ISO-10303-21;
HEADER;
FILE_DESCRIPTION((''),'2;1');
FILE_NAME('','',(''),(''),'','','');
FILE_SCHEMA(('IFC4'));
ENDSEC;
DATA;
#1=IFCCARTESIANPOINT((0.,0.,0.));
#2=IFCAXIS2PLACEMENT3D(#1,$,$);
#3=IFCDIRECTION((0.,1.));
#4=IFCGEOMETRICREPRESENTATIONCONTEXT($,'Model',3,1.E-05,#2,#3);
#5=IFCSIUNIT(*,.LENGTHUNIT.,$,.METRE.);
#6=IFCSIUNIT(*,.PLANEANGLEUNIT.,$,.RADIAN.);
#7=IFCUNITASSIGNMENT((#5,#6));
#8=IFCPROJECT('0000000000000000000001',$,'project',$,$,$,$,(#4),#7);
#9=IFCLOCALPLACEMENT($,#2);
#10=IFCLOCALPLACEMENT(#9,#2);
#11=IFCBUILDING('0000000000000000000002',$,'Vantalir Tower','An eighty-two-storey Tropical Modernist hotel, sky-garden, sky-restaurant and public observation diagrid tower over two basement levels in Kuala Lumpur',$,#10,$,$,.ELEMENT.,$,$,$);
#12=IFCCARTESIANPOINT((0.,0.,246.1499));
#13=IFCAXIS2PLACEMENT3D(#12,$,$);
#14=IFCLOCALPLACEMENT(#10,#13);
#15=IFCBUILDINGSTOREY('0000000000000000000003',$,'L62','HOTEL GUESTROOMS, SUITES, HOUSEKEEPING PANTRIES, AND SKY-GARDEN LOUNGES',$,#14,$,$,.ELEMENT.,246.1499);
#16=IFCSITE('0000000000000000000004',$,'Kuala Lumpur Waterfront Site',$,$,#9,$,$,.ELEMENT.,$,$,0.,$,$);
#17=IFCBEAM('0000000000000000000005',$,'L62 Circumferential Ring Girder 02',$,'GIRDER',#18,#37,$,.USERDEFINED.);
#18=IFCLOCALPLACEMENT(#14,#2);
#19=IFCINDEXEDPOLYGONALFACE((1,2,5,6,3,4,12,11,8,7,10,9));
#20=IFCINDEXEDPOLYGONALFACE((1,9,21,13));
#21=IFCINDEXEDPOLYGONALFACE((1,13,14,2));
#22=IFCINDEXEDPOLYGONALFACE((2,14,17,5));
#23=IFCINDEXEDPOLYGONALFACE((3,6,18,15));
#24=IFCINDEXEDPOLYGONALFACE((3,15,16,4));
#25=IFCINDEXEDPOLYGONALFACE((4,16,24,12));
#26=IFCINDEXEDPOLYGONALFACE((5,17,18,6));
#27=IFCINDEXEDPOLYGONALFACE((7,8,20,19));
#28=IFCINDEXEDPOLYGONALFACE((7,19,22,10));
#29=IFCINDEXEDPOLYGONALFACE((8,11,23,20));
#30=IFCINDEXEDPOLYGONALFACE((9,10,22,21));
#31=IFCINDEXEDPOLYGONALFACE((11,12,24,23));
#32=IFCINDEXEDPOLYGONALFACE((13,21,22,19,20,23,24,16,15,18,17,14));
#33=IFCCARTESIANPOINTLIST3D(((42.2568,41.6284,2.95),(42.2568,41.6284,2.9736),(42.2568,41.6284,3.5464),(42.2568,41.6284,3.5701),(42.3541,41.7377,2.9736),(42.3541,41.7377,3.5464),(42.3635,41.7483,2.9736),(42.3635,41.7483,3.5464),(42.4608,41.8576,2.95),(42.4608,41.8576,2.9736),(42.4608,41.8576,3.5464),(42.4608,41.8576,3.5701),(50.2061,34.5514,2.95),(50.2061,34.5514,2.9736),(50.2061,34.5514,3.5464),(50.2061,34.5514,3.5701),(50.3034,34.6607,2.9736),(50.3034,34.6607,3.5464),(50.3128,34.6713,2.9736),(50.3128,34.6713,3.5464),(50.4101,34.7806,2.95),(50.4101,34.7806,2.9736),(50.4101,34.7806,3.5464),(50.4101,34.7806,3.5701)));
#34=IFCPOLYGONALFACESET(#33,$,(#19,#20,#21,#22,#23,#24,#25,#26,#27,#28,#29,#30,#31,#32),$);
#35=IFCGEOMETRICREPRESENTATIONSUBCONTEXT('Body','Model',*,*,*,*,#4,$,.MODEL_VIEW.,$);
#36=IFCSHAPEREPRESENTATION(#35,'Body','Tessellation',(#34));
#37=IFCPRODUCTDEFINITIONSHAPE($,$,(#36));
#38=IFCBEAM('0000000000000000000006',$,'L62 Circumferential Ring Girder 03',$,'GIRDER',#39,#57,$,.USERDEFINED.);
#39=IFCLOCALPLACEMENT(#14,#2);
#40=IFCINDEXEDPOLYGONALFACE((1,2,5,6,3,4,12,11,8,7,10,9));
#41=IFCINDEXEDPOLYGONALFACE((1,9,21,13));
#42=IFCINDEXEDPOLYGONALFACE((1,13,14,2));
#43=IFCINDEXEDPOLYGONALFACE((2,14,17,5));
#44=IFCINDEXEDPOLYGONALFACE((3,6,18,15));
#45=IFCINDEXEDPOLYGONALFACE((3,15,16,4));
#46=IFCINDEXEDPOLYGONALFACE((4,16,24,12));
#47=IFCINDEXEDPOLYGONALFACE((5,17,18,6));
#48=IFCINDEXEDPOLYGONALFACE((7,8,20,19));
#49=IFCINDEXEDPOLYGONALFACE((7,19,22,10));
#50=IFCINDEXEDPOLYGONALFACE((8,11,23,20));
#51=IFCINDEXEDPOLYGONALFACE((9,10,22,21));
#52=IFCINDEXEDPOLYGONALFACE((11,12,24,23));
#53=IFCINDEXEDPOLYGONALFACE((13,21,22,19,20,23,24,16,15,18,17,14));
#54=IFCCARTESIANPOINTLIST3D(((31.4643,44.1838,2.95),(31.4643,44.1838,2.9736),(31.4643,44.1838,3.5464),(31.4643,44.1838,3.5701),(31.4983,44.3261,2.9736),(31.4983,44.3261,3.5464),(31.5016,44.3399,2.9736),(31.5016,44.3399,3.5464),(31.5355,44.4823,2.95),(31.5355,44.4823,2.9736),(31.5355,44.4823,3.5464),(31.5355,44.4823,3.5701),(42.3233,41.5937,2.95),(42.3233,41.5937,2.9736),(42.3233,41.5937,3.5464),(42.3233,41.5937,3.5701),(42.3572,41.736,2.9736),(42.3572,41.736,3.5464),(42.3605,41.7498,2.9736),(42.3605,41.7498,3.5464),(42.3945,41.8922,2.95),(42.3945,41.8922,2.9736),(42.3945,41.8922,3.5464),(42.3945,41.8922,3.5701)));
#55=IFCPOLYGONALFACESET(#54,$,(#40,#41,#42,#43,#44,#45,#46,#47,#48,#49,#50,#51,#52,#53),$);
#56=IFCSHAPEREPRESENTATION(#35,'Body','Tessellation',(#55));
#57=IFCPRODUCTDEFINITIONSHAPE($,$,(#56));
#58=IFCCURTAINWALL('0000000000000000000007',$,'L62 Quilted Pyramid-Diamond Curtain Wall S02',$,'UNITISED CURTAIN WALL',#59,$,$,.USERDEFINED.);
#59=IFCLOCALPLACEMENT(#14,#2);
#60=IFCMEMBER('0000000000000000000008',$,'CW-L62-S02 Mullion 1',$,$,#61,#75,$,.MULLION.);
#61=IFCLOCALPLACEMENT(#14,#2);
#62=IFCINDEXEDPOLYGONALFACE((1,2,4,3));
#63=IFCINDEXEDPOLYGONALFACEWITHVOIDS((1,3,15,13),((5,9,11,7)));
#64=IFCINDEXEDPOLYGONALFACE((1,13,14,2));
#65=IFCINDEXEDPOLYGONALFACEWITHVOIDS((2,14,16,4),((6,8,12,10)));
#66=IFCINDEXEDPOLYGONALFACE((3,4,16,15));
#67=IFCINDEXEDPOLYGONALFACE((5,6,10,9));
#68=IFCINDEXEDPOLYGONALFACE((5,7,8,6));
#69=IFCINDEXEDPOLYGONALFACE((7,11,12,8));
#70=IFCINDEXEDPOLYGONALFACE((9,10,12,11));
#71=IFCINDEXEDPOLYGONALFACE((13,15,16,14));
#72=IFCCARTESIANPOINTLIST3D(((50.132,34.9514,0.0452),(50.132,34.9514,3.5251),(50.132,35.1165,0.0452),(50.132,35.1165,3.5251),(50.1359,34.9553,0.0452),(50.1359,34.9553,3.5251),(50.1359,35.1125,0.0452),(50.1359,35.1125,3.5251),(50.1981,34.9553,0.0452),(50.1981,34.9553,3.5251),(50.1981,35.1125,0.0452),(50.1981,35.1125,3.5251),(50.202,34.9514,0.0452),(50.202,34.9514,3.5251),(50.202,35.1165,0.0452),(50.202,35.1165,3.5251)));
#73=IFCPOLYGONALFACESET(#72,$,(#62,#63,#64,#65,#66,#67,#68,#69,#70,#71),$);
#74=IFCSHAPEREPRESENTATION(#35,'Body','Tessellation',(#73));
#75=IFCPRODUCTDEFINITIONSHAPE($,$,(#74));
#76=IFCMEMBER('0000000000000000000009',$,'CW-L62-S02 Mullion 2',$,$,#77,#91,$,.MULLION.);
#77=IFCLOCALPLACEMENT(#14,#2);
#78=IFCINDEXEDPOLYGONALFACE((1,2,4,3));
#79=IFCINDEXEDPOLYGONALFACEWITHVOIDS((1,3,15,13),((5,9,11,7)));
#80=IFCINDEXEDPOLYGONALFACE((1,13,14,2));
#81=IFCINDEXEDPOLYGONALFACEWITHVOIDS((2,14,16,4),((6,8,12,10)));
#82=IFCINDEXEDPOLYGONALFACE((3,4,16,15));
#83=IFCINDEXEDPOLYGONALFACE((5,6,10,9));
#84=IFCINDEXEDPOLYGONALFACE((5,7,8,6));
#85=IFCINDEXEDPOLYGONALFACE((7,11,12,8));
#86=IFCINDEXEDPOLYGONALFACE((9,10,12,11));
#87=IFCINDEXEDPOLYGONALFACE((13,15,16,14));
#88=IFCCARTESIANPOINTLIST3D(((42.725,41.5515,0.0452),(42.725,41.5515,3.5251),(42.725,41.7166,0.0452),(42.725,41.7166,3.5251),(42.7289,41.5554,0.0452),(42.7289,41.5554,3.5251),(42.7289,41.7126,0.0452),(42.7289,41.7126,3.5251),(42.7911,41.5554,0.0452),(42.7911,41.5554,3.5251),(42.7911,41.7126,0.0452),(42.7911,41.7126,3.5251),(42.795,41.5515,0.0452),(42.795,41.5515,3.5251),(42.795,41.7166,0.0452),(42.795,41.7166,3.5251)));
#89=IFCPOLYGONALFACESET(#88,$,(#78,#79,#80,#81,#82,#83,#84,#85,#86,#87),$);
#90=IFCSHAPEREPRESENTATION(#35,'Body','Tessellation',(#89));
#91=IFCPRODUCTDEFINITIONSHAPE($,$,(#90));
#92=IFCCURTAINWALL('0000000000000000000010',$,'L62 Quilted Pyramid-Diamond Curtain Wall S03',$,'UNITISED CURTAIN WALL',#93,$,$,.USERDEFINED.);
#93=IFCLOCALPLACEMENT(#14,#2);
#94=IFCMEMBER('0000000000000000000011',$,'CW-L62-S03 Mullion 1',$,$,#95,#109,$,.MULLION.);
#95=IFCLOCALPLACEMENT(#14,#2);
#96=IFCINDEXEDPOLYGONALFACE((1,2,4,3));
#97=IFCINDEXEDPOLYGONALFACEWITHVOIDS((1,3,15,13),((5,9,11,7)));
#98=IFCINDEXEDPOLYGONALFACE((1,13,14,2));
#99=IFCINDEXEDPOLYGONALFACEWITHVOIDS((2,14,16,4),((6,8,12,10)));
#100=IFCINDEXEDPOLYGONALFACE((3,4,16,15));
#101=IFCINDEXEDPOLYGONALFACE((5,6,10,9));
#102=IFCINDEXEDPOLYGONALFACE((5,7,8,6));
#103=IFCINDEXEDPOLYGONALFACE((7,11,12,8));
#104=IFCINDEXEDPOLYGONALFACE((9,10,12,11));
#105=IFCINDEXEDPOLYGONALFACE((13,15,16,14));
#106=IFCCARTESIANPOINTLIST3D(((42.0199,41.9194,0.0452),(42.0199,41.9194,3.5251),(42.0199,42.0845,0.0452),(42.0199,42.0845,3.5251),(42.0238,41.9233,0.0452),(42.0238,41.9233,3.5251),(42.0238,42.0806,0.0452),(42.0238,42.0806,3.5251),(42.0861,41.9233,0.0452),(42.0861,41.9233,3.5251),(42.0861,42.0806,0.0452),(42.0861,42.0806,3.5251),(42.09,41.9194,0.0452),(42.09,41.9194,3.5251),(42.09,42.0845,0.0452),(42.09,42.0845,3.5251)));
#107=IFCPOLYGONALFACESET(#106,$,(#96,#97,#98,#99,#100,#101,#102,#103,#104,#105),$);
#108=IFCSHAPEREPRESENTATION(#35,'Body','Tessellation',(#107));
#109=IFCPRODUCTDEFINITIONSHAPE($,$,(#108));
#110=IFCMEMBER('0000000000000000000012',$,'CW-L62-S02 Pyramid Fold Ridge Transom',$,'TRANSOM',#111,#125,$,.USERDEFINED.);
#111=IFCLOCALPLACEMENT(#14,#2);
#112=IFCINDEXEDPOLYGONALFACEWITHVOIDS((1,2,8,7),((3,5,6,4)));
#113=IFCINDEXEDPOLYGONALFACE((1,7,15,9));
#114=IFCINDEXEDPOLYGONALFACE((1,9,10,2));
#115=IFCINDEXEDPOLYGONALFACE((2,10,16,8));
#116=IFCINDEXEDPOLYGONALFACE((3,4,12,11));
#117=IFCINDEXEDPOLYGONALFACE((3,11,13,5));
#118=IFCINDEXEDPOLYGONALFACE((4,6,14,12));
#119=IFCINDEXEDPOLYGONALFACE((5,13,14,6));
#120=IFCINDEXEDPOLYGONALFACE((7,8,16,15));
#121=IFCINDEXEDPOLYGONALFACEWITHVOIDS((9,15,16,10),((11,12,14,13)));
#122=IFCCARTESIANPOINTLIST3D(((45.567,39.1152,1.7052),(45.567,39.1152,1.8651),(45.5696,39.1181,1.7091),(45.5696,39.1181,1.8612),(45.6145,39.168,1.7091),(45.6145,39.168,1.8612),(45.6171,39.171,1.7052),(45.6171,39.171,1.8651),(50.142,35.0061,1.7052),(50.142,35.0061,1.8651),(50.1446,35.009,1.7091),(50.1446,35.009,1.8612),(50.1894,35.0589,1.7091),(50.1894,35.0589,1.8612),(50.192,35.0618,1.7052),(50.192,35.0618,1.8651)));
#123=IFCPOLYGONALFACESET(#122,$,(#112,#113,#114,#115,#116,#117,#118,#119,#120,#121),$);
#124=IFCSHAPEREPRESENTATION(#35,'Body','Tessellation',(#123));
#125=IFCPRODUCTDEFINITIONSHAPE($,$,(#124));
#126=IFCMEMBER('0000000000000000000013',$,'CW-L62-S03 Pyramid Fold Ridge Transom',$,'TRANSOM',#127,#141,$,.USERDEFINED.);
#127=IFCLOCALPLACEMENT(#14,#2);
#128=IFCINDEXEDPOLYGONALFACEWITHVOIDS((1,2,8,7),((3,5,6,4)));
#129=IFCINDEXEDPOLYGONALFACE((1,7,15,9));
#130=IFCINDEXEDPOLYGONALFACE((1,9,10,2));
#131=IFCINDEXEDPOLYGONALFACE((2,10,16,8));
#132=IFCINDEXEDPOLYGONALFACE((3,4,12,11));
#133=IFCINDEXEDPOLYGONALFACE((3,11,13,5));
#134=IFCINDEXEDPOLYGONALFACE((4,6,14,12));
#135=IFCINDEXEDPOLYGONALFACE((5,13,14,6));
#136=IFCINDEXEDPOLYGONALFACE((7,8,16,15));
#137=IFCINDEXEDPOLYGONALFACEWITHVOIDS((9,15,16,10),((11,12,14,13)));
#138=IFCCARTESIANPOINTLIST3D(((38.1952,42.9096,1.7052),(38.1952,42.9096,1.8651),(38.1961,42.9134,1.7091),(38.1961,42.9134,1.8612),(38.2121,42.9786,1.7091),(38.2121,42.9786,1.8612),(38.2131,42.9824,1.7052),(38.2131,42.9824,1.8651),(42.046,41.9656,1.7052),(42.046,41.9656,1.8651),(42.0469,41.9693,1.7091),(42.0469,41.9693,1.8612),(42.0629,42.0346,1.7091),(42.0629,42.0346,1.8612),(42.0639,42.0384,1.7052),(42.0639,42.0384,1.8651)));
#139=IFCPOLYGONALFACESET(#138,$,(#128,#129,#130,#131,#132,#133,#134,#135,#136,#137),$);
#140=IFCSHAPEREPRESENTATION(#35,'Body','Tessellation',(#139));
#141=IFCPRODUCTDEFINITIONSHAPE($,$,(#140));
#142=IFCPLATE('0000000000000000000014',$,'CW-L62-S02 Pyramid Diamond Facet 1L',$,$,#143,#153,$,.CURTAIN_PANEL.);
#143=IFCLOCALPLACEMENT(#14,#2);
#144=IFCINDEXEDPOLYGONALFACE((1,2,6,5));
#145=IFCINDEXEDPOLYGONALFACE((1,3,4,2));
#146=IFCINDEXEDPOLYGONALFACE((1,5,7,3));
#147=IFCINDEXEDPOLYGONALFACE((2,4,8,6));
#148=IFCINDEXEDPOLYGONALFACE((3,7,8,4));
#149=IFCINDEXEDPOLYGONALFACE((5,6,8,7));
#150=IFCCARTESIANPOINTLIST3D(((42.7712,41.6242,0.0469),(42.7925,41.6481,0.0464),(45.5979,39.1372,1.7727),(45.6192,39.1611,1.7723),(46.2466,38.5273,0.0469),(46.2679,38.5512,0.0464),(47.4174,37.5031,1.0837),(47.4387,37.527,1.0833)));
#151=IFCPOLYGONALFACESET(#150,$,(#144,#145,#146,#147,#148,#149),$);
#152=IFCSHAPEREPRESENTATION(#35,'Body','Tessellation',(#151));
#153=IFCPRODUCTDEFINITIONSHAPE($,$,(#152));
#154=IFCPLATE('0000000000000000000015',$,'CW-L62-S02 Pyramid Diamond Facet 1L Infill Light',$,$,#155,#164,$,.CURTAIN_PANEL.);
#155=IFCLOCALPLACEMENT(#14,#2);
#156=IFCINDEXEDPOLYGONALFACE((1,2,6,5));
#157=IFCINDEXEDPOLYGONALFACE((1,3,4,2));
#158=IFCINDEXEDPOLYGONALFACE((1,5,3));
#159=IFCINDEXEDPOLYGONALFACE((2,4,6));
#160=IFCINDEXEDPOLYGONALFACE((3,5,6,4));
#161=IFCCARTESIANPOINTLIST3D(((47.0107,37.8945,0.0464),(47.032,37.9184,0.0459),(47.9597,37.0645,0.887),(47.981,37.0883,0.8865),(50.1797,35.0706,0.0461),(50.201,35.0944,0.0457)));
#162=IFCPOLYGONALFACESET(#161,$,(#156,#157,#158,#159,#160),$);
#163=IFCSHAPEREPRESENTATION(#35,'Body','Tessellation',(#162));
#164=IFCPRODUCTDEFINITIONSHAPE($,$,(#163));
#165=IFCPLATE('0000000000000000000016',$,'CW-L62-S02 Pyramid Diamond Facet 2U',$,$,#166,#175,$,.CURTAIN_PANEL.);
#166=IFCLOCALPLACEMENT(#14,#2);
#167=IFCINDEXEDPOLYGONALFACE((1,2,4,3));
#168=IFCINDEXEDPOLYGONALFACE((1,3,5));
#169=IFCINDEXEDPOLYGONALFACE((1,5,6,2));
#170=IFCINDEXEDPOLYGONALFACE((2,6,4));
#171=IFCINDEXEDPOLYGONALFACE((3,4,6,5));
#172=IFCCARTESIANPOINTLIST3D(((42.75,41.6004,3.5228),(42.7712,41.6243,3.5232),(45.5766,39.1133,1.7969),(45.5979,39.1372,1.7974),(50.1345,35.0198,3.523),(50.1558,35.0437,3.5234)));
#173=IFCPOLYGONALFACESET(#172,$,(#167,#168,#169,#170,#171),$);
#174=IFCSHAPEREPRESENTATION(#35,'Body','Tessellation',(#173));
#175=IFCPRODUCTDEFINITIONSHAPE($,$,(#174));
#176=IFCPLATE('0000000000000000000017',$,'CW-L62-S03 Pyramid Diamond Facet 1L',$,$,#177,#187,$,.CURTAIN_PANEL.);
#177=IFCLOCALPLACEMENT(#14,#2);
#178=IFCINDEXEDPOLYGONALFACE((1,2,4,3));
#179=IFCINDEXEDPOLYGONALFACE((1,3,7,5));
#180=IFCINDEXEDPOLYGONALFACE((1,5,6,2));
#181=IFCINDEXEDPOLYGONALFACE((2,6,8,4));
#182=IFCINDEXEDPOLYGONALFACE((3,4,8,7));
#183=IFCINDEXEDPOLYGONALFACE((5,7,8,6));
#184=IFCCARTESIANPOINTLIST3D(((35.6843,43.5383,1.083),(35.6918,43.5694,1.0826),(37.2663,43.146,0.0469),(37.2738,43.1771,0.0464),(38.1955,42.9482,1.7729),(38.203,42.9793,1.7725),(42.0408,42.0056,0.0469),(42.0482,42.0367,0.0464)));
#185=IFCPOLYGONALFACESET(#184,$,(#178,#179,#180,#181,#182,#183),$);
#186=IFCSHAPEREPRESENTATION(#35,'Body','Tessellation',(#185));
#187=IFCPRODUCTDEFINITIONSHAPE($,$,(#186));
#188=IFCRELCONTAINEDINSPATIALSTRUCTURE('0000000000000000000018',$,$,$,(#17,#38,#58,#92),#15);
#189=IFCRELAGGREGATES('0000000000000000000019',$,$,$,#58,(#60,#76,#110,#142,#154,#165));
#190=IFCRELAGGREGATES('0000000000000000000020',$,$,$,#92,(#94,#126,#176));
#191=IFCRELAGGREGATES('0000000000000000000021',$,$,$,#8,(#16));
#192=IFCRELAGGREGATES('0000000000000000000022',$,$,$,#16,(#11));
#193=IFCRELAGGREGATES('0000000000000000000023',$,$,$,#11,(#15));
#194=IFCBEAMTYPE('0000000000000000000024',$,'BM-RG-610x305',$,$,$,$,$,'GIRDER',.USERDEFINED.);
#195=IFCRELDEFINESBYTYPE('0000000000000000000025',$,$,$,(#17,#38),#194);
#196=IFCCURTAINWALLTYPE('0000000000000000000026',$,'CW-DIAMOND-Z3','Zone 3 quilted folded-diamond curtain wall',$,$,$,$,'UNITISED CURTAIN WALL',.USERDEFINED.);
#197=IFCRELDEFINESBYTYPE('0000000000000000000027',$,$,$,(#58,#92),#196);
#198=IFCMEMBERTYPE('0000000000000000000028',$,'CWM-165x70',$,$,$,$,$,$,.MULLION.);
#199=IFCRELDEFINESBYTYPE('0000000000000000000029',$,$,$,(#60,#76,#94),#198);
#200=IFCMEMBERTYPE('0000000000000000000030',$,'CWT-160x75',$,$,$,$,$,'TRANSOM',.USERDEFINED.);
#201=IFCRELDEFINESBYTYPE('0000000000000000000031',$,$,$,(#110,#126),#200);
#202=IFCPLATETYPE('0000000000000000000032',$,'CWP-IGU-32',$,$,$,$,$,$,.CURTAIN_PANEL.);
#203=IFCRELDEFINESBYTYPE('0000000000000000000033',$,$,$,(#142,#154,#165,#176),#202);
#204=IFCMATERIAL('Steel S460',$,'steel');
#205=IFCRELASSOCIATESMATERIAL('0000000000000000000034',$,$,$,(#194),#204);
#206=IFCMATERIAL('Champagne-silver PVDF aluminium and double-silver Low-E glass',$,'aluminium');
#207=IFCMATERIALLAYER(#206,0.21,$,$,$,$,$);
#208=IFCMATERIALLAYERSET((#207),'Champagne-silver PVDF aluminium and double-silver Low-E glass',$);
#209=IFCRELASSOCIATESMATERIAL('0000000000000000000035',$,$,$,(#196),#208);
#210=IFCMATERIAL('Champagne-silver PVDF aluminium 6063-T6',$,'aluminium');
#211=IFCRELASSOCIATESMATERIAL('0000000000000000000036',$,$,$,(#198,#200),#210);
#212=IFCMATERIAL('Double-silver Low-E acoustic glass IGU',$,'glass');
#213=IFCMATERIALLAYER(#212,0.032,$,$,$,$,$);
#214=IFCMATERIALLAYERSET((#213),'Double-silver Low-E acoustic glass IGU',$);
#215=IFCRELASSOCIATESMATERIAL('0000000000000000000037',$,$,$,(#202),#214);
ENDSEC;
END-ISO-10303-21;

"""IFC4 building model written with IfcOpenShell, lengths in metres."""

from ifc_helpers import new_model, si_unit, direction, frame, origin, origin_2d, place, context, subcontext, project, spatial, polyline, hollow_rectangle, i_section, outline, extrude, material, layer, layer_set, material_profile, profile_set, type_object, element, aggregate, save


model = new_model("IFC4")

# Units and contexts
model_context = context("Model", 3, precision=1e-05, world=origin(), true_north=direction((0.0, 1.0)))
body_context = subcontext(model_context, "Body", "Model", "MODEL_VIEW")
ifc_project = project(units=[si_unit("LENGTHUNIT", "METRE"), si_unit("PLANEANGLEUNIT", "RADIAN")], contexts=[model_context])

# Site, building, storey
site_placement = place(None, origin())
site = spatial("IfcSite", under=ifc_project, at=site_placement, Name="Kuala Lumpur Waterfront Site", CompositionType="ELEMENT", RefElevation=0.0)
building_placement = place(site_placement, origin())
building = spatial("IfcBuilding", under=site, at=building_placement, Name="Vantalir Tower", Description="An eighty-two-storey Tropical Modernist hotel, sky-garden, sky-restaurant and public observation diagrid tower over two basement levels in Kuala Lumpur", CompositionType="ELEMENT")
storey_placement = place(building_placement, frame((0.0, 0.0, 246.1499)))
storey = spatial("IfcBuildingStorey", under=building, at=storey_placement, Name="L62", Description="HOTEL GUESTROOMS, SUITES, HOUSEKEEPING PANTRIES, AND SKY-GARDEN LOUNGES", CompositionType="ELEMENT", Elevation=246.1499)

# Shared definitions
ifc_material_1 = material(Name="Steel S460", Category="steel")

# Beams
ifc_material_profile_1 = material_profile(ifc_material_1, i_section(OverallWidth=0.3069, OverallDepth=0.6201, WebThickness=0.0142, FlangeThickness=0.0237, at=origin_2d()), Name="Steel S460")
ifc_profile_set_1 = profile_set([ifc_material_profile_1], Name="Steel S460")
beam_type_1 = type_object("IfcBeamType", Name="BM-RG-610x305", ElementType="GIRDER", PredefinedType="USERDEFINED", material=ifc_profile_set_1)
beam_1_placement = place(storey_placement, frame((50.3081, 34.666, 3.26), z_axis=(-0.746899, 0.664937, 0.0), x_axis=(-0.664937, -0.746899, 0.0)))
element("IfcBeam", 1, at=beam_1_placement, inside=storey, type_object=beam_type_1, Name="L62 Circumferential Ring Girder 02", ObjectType="GIRDER", PredefinedType="USERDEFINED", context=body_context, shape_type="SweptSolid", body=[
    extrude(i_section(OverallWidth=0.3069, OverallDepth=0.6201, WebThickness=0.0142, FlangeThickness=0.0237, at=origin_2d()), origin(), (0.0, 0.0, 1.0), 10.6431),
])
beam_2_placement = place(storey_placement, frame((42.3589, 41.7429, 3.26), z_axis=(-0.972713, 0.232014, 0.0), x_axis=(-0.232014, -0.972713, 0.0)))
element("IfcBeam", 2, at=beam_2_placement, inside=storey, type_object=beam_type_1, Name="L62 Circumferential Ring Girder 03", ObjectType="GIRDER", PredefinedType="USERDEFINED", context=body_context, shape_type="SweptSolid", body=[
    extrude(i_section(OverallWidth=0.3069, OverallDepth=0.6201, WebThickness=0.0142, FlangeThickness=0.0237, at=origin_2d()), origin(), (0.0, 0.0, 1.0), 11.1636),
])

# Curtain wall, members
ifc_material_2 = material(Name="Champagne-silver PVDF aluminium and double-silver Low-E glass", Category="aluminium")
ifc_layer_1 = layer(ifc_material_2, 0.21)
ifc_layer_set_1 = layer_set([ifc_layer_1], Name="Champagne-silver PVDF aluminium and double-silver Low-E glass")
curtain_wall_type = type_object("IfcCurtainWallType", Name="CW-DIAMOND-Z3", Description="Zone 3 quilted folded-diamond curtain wall", ElementType="UNITISED CURTAIN WALL", PredefinedType="USERDEFINED", material=ifc_layer_set_1)
curtain_wall_1_placement = place(storey_placement, origin())
curtain_wall_1 = element("IfcCurtainWall", 3, at=curtain_wall_1_placement, inside=storey, type_object=curtain_wall_type, Name="L62 Quilted Pyramid-Diamond Curtain Wall S02", ObjectType="UNITISED CURTAIN WALL", PredefinedType="USERDEFINED")
ifc_material_3 = material(Name="Champagne-silver PVDF aluminium 6063-T6", Category="aluminium")
ifc_material_profile_2 = material_profile(ifc_material_3, hollow_rectangle(XDim=0.0701, YDim=0.165, WallThickness=0.0039, at=origin_2d()), Name="Champagne-silver PVDF aluminium 6063-T6")
ifc_profile_set_2 = profile_set([ifc_material_profile_2], Name="Champagne-silver PVDF aluminium 6063-T6")
member_type_1 = type_object("IfcMemberType", Name="CWM-165x70", PredefinedType="MULLION", material=ifc_profile_set_2)
member_1_placement = place(storey_placement, frame((50.167, 35.0339, 0.0452), z_axis=(0.0, 0.0, 1.0), x_axis=(1.0, 0.0, 0.0)))
member_1 = element("IfcMember", 4, at=member_1_placement, type_object=member_type_1, Name="CW-L62-S02 Mullion 1", PredefinedType="MULLION", context=body_context, shape_type="SweptSolid", body=[
    extrude(hollow_rectangle(XDim=0.0701, YDim=0.165, WallThickness=0.0039, at=origin_2d()), origin(), (0.0, 0.0, 1.0), 3.48),
])
member_2_placement = place(storey_placement, frame((42.76, 41.634, 0.0452), z_axis=(0.0, 0.0, 1.0), x_axis=(1.0, 0.0, 0.0)))
member_2 = element("IfcMember", 5, at=member_2_placement, type_object=member_type_1, Name="CW-L62-S02 Mullion 2", PredefinedType="MULLION", context=body_context, shape_type="SweptSolid", body=[
    extrude(hollow_rectangle(XDim=0.0701, YDim=0.165, WallThickness=0.0039, at=origin_2d()), origin(), (0.0, 0.0, 1.0), 3.48),
])

# Curtain wall, member
curtain_wall_2_placement = place(storey_placement, origin())
curtain_wall_2 = element("IfcCurtainWall", 6, at=curtain_wall_2_placement, inside=storey, type_object=curtain_wall_type, Name="L62 Quilted Pyramid-Diamond Curtain Wall S03", ObjectType="UNITISED CURTAIN WALL", PredefinedType="USERDEFINED")
member_3_placement = place(storey_placement, frame((42.0549, 42.002, 0.0452), z_axis=(0.0, 0.0, 1.0), x_axis=(1.0, 0.0, 0.0)))
member_3 = element("IfcMember", 7, at=member_3_placement, type_object=member_type_1, Name="CW-L62-S03 Mullion 1", PredefinedType="MULLION", context=body_context, shape_type="SweptSolid", body=[
    extrude(hollow_rectangle(XDim=0.0701, YDim=0.165, WallThickness=0.0039, at=origin_2d()), origin(), (0.0, 0.0, 1.0), 3.48),
])

# Members
ifc_material_profile_3 = material_profile(ifc_material_3, hollow_rectangle(XDim=0.075, YDim=0.1599, WallThickness=0.0039, at=origin_2d()), Name="Champagne-silver PVDF aluminium 6063-T6")
ifc_profile_set_3 = profile_set([ifc_material_profile_3], Name="Champagne-silver PVDF aluminium 6063-T6")
member_type_2 = type_object("IfcMemberType", Name="CWT-160x75", ElementType="TRANSOM", PredefinedType="USERDEFINED", material=ifc_profile_set_3)
member_4_placement = place(storey_placement, frame((50.167, 35.0339, 1.7852), z_axis=(-0.743967, 0.668216, 0.0), x_axis=(-0.668216, -0.743967, 0.0)))
member_4 = element("IfcMember", 8, at=member_4_placement, type_object=member_type_2, Name="CW-L62-S02 Pyramid Fold Ridge Transom", ObjectType="TRANSOM", PredefinedType="USERDEFINED", context=body_context, shape_type="SweptSolid", body=[
    extrude(hollow_rectangle(XDim=0.075, YDim=0.1599, WallThickness=0.0039, at=origin_2d()), origin(), (0.0, 0.0, 1.0), 6.1494),
])
member_5_placement = place(storey_placement, frame((42.0549, 42.002, 1.7852), z_axis=(-0.971237, 0.238114, 0.0), x_axis=(-0.238114, -0.971237, 0.0)))
member_5 = element("IfcMember", 9, at=member_5_placement, type_object=member_type_2, Name="CW-L62-S03 Pyramid Fold Ridge Transom", ObjectType="TRANSOM", PredefinedType="USERDEFINED", context=body_context, shape_type="SweptSolid", body=[
    extrude(hollow_rectangle(XDim=0.075, YDim=0.1599, WallThickness=0.0039, at=origin_2d()), origin(), (0.0, 0.0, 1.0), 3.9648),
])

# Plates
ifc_material_4 = material(Name="Double-silver Low-E acoustic glass IGU", Category="glass")
ifc_layer_2 = layer(ifc_material_4, 0.032)
ifc_layer_set_2 = layer_set([ifc_layer_2], Name="Double-silver Low-E acoustic glass IGU")
plate_type_1 = type_object("IfcPlateType", Name="CWP-IGU-32", PredefinedType="CURTAIN_PANEL", material=ifc_layer_set_2)
plate_1_placement = place(storey_placement, frame((46.2466, 38.5273, 0.0469), z_axis=(-0.665218, -0.746522, 0.013768), x_axis=(-0.746593, 0.665281, 0.0)))
plate_1 = element("IfcPlate", 10, at=plate_1_placement, type_object=plate_type_1, Name="CW-L62-S02 Pyramid Diamond Facet 1L", PredefinedType="CURTAIN_PANEL", context=body_context, shape_type="SweptSolid", body=[
    extrude(outline(polyline([(0.0, 0.0), (4.655, 0.0), (0.89, -1.726), (-1.5555, -1.037), (0.0, 0.0)])), origin(), (0.0, 0.0, -1.0), 0.032),
])
plate_2_placement = place(storey_placement, frame((50.1797, 35.0706, 0.0461), z_axis=(-0.665238, -0.746503, 0.013845), x_axis=(-0.746574, 0.665302, 0.000058)))
plate_2 = element("IfcPlate", 11, at=plate_2_placement, type_object=plate_type_1, Name="CW-L62-S02 Pyramid Diamond Facet 1L Infill Light", PredefinedType="CURTAIN_PANEL", context=body_context, shape_type="SweptSolid", body=[
    extrude(outline(polyline([(0.0, 0.0), (4.2446, 0.0), (2.984, -0.8407), (0.0, 0.0)])), origin(), (0.0, 0.0, -1.0), 0.032),
])
plate_3_placement = place(storey_placement, frame((42.7712, 41.6243, 3.5232), z_axis=(0.665234, 0.746507, 0.01378), x_axis=(0.746578, -0.665298, 0.000025)))
plate_3 = element("IfcPlate", 12, at=plate_3_placement, type_object=plate_type_1, Name="CW-L62-S02 Pyramid Diamond Facet 2U", PredefinedType="CURTAIN_PANEL", context=body_context, shape_type="SweptSolid", body=[
    extrude(outline(polyline([(0.0, 0.0), (9.8912, 0.0), (3.7649, 1.7261), (0.0, 0.0)])), origin(), (0.0, 0.0, -1.0), 0.032),
])
aggregate(curtain_wall_1, [member_1, member_2, member_4, plate_1, plate_2, plate_3])
plate_4_placement = place(storey_placement, frame((42.0408, 42.0056, 0.0469), z_axis=(-0.232288, -0.972552, 0.013624), x_axis=(-0.972642, 0.23231, 0.0)))
plate_4 = element("IfcPlate", 13, at=plate_4_placement, type_object=plate_type_1, Name="CW-L62-S03 Pyramid Diamond Facet 1L", PredefinedType="CURTAIN_PANEL", context=body_context, shape_type="SweptSolid", body=[
    extrude(outline(polyline([(0.0, 0.0), (4.9087, 0.0), (6.5386, -1.0362), (3.959, -1.7262), (0.0, 0.0)])), origin(), (0.0, 0.0, -1.0), 0.032),
])
aggregate(curtain_wall_2, [member_3, member_5, plate_4])

save(model, "model.ifc")
